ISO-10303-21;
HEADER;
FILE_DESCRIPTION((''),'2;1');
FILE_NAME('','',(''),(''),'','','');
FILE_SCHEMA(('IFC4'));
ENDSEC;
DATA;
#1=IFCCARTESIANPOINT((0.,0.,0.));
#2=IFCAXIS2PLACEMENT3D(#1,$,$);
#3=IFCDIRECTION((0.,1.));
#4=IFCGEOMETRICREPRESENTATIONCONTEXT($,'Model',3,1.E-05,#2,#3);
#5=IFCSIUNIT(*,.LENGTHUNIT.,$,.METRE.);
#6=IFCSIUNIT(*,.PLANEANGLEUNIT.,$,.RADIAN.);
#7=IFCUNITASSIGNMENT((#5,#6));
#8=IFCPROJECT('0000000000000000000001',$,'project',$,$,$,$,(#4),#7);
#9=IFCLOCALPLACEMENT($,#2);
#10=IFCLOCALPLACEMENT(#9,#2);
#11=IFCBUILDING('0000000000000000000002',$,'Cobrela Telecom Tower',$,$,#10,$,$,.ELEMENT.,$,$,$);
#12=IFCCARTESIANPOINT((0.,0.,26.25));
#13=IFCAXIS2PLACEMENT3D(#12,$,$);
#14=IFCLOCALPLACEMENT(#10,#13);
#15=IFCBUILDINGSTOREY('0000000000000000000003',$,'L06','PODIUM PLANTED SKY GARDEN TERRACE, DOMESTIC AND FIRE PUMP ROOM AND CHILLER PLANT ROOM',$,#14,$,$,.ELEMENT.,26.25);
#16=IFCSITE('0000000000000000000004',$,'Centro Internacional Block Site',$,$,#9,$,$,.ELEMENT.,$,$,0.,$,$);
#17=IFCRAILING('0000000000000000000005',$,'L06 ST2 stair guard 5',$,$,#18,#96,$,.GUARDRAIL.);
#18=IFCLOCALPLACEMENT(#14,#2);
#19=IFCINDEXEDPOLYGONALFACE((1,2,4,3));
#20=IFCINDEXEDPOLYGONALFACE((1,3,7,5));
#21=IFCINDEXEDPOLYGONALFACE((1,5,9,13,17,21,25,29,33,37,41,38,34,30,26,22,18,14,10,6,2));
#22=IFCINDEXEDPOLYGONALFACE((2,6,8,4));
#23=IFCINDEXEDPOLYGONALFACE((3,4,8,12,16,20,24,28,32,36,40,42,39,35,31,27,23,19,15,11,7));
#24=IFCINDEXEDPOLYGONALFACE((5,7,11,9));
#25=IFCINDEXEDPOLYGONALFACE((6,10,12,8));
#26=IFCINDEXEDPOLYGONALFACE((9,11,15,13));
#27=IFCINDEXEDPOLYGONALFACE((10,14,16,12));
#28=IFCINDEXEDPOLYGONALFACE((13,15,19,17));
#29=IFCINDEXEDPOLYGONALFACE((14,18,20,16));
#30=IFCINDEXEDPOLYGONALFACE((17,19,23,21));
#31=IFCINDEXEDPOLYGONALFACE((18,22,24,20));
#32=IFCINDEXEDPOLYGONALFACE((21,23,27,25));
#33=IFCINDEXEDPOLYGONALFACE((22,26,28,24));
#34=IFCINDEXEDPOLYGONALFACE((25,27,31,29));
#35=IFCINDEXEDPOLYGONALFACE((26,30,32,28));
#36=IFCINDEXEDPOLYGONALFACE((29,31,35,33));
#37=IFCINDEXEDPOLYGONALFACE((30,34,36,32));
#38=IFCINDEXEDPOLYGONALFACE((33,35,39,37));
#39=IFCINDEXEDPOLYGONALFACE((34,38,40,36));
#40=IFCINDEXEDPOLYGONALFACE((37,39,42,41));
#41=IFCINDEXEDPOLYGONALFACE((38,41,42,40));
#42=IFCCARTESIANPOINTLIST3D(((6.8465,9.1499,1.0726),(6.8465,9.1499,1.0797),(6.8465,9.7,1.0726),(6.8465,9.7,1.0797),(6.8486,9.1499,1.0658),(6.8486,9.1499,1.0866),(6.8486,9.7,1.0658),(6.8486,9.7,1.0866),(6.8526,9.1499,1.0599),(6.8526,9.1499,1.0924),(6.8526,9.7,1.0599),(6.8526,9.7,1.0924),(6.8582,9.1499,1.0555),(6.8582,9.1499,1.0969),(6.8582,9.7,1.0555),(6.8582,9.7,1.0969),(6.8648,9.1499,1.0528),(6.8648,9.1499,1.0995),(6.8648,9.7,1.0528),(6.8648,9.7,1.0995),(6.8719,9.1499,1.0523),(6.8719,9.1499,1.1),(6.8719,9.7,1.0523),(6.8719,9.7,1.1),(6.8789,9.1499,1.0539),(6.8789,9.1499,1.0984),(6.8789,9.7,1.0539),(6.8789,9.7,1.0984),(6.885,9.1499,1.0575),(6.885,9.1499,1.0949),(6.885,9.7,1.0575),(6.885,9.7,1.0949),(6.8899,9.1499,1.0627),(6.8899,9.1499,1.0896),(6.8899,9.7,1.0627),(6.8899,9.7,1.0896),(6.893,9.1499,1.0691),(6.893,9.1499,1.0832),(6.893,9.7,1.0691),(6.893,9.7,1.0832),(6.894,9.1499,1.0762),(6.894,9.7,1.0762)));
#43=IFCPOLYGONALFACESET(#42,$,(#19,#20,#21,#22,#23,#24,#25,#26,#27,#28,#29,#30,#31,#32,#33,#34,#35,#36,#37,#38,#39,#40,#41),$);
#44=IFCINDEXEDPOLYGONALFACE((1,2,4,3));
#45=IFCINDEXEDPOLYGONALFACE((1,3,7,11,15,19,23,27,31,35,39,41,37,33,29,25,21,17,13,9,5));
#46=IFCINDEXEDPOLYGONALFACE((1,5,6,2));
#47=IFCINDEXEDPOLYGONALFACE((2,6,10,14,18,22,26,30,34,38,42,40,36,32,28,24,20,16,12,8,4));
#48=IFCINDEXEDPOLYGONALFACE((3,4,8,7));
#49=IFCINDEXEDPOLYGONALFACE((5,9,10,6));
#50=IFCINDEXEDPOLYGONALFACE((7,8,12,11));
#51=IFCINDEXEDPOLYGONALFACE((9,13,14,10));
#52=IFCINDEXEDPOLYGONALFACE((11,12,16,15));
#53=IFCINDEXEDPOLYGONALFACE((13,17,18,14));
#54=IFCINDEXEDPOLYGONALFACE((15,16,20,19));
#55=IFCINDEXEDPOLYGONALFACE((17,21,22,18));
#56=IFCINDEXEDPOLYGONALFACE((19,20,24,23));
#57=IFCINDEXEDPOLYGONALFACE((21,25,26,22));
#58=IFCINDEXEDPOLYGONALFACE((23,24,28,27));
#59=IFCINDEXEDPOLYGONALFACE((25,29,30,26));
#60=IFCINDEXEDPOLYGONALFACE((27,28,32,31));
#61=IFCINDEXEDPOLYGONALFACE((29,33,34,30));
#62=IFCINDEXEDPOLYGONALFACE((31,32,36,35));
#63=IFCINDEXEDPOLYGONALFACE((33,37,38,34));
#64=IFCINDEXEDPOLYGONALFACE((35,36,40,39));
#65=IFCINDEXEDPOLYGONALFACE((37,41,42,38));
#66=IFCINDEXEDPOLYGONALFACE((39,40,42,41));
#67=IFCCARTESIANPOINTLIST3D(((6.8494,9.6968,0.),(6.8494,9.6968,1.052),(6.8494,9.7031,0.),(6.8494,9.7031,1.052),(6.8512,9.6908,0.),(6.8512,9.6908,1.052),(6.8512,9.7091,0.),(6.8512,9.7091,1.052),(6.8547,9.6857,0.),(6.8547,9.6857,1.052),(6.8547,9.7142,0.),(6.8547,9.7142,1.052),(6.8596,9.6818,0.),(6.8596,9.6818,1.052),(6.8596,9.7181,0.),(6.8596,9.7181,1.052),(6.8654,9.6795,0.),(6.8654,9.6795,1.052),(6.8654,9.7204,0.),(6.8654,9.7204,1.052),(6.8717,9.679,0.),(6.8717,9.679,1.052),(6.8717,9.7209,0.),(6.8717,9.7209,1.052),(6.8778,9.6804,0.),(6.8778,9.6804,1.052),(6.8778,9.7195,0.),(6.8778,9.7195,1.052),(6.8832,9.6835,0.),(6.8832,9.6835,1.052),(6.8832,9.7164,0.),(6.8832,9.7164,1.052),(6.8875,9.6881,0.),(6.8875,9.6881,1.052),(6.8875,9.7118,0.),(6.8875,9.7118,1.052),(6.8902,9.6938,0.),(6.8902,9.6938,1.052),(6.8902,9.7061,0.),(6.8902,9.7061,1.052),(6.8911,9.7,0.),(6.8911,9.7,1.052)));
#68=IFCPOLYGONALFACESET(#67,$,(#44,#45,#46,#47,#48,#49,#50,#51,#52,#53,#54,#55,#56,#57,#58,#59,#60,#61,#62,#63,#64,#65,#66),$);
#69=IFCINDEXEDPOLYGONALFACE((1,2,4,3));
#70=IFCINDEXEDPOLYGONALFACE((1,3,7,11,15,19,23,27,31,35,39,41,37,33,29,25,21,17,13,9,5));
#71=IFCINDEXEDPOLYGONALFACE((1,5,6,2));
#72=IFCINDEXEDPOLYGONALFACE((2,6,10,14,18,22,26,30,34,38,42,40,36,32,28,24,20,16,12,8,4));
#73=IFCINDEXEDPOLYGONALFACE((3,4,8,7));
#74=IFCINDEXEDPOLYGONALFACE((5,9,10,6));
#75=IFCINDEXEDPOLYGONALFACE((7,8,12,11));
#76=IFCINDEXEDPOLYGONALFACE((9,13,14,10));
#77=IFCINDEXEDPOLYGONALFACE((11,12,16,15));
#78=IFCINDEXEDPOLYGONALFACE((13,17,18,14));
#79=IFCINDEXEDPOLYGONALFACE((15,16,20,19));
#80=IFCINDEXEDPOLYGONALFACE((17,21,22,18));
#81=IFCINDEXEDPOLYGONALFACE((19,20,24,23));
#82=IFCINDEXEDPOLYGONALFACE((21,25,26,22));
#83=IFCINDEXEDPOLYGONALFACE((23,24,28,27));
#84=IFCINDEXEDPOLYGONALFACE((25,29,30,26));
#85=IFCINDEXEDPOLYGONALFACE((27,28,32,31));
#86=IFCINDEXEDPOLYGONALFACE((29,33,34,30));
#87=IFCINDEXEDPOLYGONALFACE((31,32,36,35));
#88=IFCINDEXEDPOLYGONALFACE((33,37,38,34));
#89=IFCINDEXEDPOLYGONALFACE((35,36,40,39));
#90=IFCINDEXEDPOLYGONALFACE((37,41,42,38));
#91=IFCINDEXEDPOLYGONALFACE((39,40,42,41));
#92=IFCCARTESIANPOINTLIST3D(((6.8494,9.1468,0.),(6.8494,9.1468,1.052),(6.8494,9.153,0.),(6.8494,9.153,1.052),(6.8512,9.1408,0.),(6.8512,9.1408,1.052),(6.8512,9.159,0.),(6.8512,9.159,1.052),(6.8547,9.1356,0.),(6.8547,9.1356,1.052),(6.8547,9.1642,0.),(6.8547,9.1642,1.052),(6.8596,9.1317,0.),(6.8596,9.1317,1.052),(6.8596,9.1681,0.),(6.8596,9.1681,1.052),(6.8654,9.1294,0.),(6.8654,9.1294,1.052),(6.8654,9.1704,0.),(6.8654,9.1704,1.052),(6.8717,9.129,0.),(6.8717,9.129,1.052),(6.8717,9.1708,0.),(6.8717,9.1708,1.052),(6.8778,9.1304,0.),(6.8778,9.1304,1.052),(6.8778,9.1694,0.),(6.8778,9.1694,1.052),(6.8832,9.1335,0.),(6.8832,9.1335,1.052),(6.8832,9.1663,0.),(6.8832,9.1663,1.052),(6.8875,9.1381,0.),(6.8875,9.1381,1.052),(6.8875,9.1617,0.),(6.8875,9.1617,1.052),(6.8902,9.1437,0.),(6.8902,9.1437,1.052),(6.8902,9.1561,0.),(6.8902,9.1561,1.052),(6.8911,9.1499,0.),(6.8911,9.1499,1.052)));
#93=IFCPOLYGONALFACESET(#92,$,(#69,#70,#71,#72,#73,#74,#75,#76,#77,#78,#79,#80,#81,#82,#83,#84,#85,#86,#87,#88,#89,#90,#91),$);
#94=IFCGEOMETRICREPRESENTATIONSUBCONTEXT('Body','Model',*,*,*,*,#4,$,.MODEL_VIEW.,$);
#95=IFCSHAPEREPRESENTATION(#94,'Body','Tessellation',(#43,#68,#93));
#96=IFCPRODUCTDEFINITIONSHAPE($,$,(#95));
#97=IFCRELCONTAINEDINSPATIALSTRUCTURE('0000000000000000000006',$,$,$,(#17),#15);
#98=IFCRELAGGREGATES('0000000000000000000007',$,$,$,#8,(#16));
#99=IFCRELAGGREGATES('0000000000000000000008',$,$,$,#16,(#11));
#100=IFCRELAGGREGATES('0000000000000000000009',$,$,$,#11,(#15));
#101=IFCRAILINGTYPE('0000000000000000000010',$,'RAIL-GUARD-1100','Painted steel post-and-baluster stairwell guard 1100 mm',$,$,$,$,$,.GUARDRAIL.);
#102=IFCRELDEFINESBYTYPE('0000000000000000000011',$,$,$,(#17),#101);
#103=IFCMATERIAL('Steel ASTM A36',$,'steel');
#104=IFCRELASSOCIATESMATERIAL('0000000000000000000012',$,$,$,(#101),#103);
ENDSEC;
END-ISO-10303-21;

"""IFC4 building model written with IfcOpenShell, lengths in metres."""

from ifc_helpers import new_model, si_unit, direction, frame, origin, origin_2d, place, context, subcontext, project, spatial, circle, extrude, material, type_object, element, save


model = new_model("IFC4")

# Units and contexts
model_context = context("Model", 3, precision=1e-05, world=origin(), true_north=direction((0.0, 1.0)))
body_context = subcontext(model_context, "Body", "Model", "MODEL_VIEW")
ifc_project = project(units=[si_unit("LENGTHUNIT", "METRE"), si_unit("PLANEANGLEUNIT", "RADIAN")], contexts=[model_context])

# Site, building, storey
site_placement = place(None, origin())
site = spatial("IfcSite", under=ifc_project, at=site_placement, Name="Centro Internacional Block Site", CompositionType="ELEMENT", RefElevation=0.0)
building_placement = place(site_placement, origin())
building = spatial("IfcBuilding", under=site, at=building_placement, Name="Cobrela Telecom Tower", CompositionType="ELEMENT")
storey_placement = place(building_placement, frame((0.0, 0.0, 26.25)))
storey = spatial("IfcBuildingStorey", under=building, at=storey_placement, Name="L06", Description="PODIUM PLANTED SKY GARDEN TERRACE, DOMESTIC AND FIRE PUMP ROOM AND CHILLER PLANT ROOM", CompositionType="ELEMENT", Elevation=26.25)

# Shared definitions
ifc_material_1 = material(Name="Steel ASTM A36", Category="steel")

# Railing
railing_type_1 = type_object("IfcRailingType", Name="RAIL-GUARD-1100", Description="Painted steel post-and-baluster stairwell guard 1100 mm", PredefinedType="GUARDRAIL", material=ifc_material_1)
railing_1_placement = place(storey_placement, frame((6.8701, 9.7, 0.0)))
element("IfcRailing", 1, at=railing_1_placement, inside=storey, type_object=railing_type_1, Name="L06 ST2 stair guard 5", PredefinedType="GUARDRAIL", context=body_context, shape_type="SweptSolid", body=[
    extrude(circle(Radius=0.0239, at=origin_2d()), frame((0.0, 0.0, 1.0762), z_axis=(0.0, -1.0, 0.0), x_axis=(1.0, 0.0, 0.0)), (0.0, 0.0, 1.0), 0.55),
    extrude(circle(Radius=0.021, at=origin_2d()), origin(), (0.0, 0.0, 1.0), 1.052),
    extrude(circle(Radius=0.021, at=origin_2d()), frame((0.0, -0.55, 0.0)), (0.0, 0.0, 1.0), 1.052),
])

save(model, "model.ifc")
